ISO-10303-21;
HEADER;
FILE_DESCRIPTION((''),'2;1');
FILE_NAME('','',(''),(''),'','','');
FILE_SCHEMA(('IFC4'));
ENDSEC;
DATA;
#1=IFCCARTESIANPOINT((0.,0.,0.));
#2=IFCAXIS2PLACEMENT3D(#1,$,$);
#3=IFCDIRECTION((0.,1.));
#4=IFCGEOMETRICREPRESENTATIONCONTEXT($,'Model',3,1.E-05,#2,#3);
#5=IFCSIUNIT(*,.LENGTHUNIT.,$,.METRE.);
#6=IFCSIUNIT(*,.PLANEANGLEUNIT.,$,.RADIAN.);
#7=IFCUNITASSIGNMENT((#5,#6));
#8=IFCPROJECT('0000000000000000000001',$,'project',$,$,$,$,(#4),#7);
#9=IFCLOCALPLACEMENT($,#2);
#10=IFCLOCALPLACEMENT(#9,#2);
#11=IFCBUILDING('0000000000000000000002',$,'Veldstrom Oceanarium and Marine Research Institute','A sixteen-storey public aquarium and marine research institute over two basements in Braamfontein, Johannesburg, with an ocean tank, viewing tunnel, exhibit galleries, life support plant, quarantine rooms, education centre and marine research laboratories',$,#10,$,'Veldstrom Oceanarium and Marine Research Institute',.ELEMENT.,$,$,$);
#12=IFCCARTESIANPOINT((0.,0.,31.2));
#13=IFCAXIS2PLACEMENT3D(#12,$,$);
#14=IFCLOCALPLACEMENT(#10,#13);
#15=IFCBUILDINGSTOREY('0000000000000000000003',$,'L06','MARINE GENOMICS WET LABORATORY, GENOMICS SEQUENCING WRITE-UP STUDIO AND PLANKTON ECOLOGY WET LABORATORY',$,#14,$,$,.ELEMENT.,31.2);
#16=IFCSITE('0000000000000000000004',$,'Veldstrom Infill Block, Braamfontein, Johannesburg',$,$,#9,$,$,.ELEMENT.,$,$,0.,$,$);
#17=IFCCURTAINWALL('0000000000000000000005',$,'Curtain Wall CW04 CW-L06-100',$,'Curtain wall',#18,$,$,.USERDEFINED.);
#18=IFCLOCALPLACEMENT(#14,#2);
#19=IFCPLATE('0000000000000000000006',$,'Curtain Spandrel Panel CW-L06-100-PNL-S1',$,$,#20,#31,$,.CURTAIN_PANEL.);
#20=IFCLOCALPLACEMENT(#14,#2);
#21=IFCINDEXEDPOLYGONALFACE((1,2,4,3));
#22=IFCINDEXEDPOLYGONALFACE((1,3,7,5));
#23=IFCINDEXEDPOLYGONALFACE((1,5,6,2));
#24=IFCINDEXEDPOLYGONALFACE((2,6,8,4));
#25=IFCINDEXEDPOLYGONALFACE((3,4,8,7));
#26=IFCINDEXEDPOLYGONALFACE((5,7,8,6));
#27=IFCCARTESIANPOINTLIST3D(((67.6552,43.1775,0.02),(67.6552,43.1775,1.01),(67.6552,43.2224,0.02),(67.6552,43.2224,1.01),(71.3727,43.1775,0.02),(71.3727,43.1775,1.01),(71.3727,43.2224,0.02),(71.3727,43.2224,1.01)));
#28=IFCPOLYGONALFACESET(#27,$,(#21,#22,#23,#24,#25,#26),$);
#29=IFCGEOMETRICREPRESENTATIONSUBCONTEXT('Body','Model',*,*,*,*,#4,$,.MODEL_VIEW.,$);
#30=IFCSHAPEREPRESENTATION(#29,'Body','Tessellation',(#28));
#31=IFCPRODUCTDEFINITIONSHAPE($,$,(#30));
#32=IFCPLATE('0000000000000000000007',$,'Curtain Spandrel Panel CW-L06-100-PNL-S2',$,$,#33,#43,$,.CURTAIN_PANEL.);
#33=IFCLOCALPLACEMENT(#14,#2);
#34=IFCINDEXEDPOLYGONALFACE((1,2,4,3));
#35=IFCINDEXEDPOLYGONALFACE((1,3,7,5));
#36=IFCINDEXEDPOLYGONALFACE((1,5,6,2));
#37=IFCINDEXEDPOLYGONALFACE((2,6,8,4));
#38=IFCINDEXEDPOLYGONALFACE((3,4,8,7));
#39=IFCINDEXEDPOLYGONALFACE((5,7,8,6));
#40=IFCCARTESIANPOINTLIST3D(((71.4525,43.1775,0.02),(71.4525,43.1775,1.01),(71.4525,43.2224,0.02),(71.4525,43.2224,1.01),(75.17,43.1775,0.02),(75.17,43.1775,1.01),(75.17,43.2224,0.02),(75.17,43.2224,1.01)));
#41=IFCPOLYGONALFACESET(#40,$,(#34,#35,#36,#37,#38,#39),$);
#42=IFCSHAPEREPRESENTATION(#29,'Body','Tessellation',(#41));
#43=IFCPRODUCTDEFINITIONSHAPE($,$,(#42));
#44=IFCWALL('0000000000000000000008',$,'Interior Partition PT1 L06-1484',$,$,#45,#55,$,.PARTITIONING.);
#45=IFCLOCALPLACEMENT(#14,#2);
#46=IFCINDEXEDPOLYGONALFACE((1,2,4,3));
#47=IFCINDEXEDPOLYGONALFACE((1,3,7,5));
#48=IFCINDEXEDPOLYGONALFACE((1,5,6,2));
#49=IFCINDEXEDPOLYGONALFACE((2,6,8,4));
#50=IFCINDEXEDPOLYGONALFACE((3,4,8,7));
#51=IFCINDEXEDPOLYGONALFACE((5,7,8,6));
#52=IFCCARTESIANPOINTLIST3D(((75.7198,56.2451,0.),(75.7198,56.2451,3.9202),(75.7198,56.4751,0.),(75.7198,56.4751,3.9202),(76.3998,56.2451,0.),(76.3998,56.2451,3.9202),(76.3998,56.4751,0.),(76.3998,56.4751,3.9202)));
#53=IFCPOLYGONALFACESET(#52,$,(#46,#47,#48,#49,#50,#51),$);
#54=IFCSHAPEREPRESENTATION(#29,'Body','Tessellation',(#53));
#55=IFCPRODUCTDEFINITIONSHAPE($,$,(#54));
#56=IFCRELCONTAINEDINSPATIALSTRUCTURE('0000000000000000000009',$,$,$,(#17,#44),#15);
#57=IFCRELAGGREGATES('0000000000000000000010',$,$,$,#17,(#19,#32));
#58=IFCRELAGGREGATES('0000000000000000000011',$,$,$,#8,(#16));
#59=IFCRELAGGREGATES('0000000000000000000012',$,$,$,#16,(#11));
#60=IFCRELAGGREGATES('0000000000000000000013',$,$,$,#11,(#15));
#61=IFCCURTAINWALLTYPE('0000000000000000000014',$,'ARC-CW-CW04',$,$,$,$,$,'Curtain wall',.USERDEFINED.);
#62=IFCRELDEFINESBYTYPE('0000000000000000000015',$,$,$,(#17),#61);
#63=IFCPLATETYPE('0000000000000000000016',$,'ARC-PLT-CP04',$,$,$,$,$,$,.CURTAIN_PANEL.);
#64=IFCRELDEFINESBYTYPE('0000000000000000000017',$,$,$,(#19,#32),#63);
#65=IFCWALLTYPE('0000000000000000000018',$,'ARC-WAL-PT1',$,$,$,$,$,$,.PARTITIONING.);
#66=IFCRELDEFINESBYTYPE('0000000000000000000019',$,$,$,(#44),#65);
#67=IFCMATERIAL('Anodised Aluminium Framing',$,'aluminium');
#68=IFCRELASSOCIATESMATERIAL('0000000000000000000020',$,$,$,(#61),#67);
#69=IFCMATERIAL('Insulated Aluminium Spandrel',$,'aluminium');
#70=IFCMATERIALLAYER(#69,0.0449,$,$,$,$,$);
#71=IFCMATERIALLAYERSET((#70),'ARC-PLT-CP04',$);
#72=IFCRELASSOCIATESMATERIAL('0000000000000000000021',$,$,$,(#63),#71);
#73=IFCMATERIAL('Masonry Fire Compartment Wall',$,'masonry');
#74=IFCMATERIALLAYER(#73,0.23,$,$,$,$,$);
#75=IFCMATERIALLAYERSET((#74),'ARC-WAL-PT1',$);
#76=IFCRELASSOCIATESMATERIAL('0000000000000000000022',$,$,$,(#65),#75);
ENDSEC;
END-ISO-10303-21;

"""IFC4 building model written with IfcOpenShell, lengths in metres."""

from ifc_helpers import new_model, si_unit, direction, frame, frame_2d, origin, origin_2d, place, context, subcontext, project, spatial, rectangle, extrude, material, layer, layer_set, type_object, element, aggregate, save


model = new_model("IFC4")

# Units and contexts
model_context = context("Model", 3, precision=1e-05, world=origin(), true_north=direction((0.0, 1.0)))
body_context = subcontext(model_context, "Body", "Model", "MODEL_VIEW")
ifc_project = project(units=[si_unit("LENGTHUNIT", "METRE"), si_unit("PLANEANGLEUNIT", "RADIAN")], contexts=[model_context])

# Site, building, storey
site_placement = place(None, origin())
site = spatial("IfcSite", under=ifc_project, at=site_placement, Name="Veldstrom Infill Block, Braamfontein, Johannesburg", CompositionType="ELEMENT", RefElevation=0.0)
building_placement = place(site_placement, origin())
building = spatial("IfcBuilding", under=site, at=building_placement, Name="Veldstrom Oceanarium and Marine Research Institute", Description="A sixteen-storey public aquarium and marine research institute over two basements in Braamfontein, Johannesburg, with an ocean tank, viewing tunnel, exhibit galleries, life support plant, quarantine rooms, education centre and marine research laboratories", LongName="Veldstrom Oceanarium and Marine Research Institute", CompositionType="ELEMENT")
storey_placement = place(building_placement, frame((0.0, 0.0, 31.2)))
storey = spatial("IfcBuildingStorey", under=building, at=storey_placement, Name="L06", Description="MARINE GENOMICS WET LABORATORY, GENOMICS SEQUENCING WRITE-UP STUDIO AND PLANKTON ECOLOGY WET LABORATORY", CompositionType="ELEMENT", Elevation=31.2)

# Curtain wall
ifc_material_1 = material(Name="Anodised Aluminium Framing", Category="aluminium")
curtain_wall_type = type_object("IfcCurtainWallType", Name="ARC-CW-CW04", ElementType="Curtain wall", PredefinedType="USERDEFINED", material=ifc_material_1)
curtain_wall_1_placement = place(storey_placement, origin())
curtain_wall_1 = element("IfcCurtainWall", 1, at=curtain_wall_1_placement, inside=storey, type_object=curtain_wall_type, Name="Curtain Wall CW04 CW-L06-100", ObjectType="Curtain wall", PredefinedType="USERDEFINED")

# Plates
ifc_material_2 = material(Name="Insulated Aluminium Spandrel", Category="aluminium")
ifc_layer_1 = layer(ifc_material_2, 0.0449)
ifc_layer_set_1 = layer_set([ifc_layer_1], Name="ARC-PLT-CP04")
plate_type_1 = type_object("IfcPlateType", Name="ARC-PLT-CP04", PredefinedType="CURTAIN_PANEL", material=ifc_layer_set_1)
plate_1_placement = place(storey_placement, frame((69.5139, 43.2, 0.02), z_axis=(0.0, 0.0, 1.0), x_axis=(1.0, 0.0, 0.0)))
plate_1 = element("IfcPlate", 2, at=plate_1_placement, type_object=plate_type_1, Name="Curtain Spandrel Panel CW-L06-100-PNL-S1", PredefinedType="CURTAIN_PANEL", context=body_context, shape_type="SweptSolid", body=[
    extrude(rectangle(XDim=3.7175, YDim=0.0449, at=origin_2d()), origin(), (0.0, 0.0, 1.0), 0.99),
])
plate_2_placement = place(storey_placement, frame((73.3113, 43.2, 0.02), z_axis=(0.0, 0.0, 1.0), x_axis=(1.0, 0.0, 0.0)))
plate_2 = element("IfcPlate", 3, at=plate_2_placement, type_object=plate_type_1, Name="Curtain Spandrel Panel CW-L06-100-PNL-S2", PredefinedType="CURTAIN_PANEL", context=body_context, shape_type="SweptSolid", body=[
    extrude(rectangle(XDim=3.7175, YDim=0.0449, at=origin_2d()), origin(), (0.0, 0.0, 1.0), 0.99),
])
aggregate(curtain_wall_1, [plate_1, plate_2])

# Shared definitions
ifc_material_3 = material(Name="Masonry Fire Compartment Wall", Category="masonry")
ifc_layer_2 = layer(ifc_material_3, 0.23)
ifc_layer_set_2 = layer_set([ifc_layer_2], Name="ARC-WAL-PT1")
wall_type = type_object("IfcWallType", Name="ARC-WAL-PT1", PredefinedType="PARTITIONING", material=ifc_layer_set_2)

# Wall
wall_1_placement = place(storey_placement, frame((75.72, 56.3601, 0.0), z_axis=(0.0, 0.0, 1.0), x_axis=(1.0, 0.0, 0.0)))
element("IfcWall", 4, at=wall_1_placement, inside=storey, type_object=wall_type, Name="Interior Partition PT1 L06-1484", PredefinedType="PARTITIONING", context=body_context, shape_type="SweptSolid", body=[
    extrude(rectangle(XDim=0.6799, YDim=0.23, at=frame_2d((0.3398, 0.0))), origin(), (0.0, 0.0, 1.0), 3.9202),
])

save(model, "model.ifc")
